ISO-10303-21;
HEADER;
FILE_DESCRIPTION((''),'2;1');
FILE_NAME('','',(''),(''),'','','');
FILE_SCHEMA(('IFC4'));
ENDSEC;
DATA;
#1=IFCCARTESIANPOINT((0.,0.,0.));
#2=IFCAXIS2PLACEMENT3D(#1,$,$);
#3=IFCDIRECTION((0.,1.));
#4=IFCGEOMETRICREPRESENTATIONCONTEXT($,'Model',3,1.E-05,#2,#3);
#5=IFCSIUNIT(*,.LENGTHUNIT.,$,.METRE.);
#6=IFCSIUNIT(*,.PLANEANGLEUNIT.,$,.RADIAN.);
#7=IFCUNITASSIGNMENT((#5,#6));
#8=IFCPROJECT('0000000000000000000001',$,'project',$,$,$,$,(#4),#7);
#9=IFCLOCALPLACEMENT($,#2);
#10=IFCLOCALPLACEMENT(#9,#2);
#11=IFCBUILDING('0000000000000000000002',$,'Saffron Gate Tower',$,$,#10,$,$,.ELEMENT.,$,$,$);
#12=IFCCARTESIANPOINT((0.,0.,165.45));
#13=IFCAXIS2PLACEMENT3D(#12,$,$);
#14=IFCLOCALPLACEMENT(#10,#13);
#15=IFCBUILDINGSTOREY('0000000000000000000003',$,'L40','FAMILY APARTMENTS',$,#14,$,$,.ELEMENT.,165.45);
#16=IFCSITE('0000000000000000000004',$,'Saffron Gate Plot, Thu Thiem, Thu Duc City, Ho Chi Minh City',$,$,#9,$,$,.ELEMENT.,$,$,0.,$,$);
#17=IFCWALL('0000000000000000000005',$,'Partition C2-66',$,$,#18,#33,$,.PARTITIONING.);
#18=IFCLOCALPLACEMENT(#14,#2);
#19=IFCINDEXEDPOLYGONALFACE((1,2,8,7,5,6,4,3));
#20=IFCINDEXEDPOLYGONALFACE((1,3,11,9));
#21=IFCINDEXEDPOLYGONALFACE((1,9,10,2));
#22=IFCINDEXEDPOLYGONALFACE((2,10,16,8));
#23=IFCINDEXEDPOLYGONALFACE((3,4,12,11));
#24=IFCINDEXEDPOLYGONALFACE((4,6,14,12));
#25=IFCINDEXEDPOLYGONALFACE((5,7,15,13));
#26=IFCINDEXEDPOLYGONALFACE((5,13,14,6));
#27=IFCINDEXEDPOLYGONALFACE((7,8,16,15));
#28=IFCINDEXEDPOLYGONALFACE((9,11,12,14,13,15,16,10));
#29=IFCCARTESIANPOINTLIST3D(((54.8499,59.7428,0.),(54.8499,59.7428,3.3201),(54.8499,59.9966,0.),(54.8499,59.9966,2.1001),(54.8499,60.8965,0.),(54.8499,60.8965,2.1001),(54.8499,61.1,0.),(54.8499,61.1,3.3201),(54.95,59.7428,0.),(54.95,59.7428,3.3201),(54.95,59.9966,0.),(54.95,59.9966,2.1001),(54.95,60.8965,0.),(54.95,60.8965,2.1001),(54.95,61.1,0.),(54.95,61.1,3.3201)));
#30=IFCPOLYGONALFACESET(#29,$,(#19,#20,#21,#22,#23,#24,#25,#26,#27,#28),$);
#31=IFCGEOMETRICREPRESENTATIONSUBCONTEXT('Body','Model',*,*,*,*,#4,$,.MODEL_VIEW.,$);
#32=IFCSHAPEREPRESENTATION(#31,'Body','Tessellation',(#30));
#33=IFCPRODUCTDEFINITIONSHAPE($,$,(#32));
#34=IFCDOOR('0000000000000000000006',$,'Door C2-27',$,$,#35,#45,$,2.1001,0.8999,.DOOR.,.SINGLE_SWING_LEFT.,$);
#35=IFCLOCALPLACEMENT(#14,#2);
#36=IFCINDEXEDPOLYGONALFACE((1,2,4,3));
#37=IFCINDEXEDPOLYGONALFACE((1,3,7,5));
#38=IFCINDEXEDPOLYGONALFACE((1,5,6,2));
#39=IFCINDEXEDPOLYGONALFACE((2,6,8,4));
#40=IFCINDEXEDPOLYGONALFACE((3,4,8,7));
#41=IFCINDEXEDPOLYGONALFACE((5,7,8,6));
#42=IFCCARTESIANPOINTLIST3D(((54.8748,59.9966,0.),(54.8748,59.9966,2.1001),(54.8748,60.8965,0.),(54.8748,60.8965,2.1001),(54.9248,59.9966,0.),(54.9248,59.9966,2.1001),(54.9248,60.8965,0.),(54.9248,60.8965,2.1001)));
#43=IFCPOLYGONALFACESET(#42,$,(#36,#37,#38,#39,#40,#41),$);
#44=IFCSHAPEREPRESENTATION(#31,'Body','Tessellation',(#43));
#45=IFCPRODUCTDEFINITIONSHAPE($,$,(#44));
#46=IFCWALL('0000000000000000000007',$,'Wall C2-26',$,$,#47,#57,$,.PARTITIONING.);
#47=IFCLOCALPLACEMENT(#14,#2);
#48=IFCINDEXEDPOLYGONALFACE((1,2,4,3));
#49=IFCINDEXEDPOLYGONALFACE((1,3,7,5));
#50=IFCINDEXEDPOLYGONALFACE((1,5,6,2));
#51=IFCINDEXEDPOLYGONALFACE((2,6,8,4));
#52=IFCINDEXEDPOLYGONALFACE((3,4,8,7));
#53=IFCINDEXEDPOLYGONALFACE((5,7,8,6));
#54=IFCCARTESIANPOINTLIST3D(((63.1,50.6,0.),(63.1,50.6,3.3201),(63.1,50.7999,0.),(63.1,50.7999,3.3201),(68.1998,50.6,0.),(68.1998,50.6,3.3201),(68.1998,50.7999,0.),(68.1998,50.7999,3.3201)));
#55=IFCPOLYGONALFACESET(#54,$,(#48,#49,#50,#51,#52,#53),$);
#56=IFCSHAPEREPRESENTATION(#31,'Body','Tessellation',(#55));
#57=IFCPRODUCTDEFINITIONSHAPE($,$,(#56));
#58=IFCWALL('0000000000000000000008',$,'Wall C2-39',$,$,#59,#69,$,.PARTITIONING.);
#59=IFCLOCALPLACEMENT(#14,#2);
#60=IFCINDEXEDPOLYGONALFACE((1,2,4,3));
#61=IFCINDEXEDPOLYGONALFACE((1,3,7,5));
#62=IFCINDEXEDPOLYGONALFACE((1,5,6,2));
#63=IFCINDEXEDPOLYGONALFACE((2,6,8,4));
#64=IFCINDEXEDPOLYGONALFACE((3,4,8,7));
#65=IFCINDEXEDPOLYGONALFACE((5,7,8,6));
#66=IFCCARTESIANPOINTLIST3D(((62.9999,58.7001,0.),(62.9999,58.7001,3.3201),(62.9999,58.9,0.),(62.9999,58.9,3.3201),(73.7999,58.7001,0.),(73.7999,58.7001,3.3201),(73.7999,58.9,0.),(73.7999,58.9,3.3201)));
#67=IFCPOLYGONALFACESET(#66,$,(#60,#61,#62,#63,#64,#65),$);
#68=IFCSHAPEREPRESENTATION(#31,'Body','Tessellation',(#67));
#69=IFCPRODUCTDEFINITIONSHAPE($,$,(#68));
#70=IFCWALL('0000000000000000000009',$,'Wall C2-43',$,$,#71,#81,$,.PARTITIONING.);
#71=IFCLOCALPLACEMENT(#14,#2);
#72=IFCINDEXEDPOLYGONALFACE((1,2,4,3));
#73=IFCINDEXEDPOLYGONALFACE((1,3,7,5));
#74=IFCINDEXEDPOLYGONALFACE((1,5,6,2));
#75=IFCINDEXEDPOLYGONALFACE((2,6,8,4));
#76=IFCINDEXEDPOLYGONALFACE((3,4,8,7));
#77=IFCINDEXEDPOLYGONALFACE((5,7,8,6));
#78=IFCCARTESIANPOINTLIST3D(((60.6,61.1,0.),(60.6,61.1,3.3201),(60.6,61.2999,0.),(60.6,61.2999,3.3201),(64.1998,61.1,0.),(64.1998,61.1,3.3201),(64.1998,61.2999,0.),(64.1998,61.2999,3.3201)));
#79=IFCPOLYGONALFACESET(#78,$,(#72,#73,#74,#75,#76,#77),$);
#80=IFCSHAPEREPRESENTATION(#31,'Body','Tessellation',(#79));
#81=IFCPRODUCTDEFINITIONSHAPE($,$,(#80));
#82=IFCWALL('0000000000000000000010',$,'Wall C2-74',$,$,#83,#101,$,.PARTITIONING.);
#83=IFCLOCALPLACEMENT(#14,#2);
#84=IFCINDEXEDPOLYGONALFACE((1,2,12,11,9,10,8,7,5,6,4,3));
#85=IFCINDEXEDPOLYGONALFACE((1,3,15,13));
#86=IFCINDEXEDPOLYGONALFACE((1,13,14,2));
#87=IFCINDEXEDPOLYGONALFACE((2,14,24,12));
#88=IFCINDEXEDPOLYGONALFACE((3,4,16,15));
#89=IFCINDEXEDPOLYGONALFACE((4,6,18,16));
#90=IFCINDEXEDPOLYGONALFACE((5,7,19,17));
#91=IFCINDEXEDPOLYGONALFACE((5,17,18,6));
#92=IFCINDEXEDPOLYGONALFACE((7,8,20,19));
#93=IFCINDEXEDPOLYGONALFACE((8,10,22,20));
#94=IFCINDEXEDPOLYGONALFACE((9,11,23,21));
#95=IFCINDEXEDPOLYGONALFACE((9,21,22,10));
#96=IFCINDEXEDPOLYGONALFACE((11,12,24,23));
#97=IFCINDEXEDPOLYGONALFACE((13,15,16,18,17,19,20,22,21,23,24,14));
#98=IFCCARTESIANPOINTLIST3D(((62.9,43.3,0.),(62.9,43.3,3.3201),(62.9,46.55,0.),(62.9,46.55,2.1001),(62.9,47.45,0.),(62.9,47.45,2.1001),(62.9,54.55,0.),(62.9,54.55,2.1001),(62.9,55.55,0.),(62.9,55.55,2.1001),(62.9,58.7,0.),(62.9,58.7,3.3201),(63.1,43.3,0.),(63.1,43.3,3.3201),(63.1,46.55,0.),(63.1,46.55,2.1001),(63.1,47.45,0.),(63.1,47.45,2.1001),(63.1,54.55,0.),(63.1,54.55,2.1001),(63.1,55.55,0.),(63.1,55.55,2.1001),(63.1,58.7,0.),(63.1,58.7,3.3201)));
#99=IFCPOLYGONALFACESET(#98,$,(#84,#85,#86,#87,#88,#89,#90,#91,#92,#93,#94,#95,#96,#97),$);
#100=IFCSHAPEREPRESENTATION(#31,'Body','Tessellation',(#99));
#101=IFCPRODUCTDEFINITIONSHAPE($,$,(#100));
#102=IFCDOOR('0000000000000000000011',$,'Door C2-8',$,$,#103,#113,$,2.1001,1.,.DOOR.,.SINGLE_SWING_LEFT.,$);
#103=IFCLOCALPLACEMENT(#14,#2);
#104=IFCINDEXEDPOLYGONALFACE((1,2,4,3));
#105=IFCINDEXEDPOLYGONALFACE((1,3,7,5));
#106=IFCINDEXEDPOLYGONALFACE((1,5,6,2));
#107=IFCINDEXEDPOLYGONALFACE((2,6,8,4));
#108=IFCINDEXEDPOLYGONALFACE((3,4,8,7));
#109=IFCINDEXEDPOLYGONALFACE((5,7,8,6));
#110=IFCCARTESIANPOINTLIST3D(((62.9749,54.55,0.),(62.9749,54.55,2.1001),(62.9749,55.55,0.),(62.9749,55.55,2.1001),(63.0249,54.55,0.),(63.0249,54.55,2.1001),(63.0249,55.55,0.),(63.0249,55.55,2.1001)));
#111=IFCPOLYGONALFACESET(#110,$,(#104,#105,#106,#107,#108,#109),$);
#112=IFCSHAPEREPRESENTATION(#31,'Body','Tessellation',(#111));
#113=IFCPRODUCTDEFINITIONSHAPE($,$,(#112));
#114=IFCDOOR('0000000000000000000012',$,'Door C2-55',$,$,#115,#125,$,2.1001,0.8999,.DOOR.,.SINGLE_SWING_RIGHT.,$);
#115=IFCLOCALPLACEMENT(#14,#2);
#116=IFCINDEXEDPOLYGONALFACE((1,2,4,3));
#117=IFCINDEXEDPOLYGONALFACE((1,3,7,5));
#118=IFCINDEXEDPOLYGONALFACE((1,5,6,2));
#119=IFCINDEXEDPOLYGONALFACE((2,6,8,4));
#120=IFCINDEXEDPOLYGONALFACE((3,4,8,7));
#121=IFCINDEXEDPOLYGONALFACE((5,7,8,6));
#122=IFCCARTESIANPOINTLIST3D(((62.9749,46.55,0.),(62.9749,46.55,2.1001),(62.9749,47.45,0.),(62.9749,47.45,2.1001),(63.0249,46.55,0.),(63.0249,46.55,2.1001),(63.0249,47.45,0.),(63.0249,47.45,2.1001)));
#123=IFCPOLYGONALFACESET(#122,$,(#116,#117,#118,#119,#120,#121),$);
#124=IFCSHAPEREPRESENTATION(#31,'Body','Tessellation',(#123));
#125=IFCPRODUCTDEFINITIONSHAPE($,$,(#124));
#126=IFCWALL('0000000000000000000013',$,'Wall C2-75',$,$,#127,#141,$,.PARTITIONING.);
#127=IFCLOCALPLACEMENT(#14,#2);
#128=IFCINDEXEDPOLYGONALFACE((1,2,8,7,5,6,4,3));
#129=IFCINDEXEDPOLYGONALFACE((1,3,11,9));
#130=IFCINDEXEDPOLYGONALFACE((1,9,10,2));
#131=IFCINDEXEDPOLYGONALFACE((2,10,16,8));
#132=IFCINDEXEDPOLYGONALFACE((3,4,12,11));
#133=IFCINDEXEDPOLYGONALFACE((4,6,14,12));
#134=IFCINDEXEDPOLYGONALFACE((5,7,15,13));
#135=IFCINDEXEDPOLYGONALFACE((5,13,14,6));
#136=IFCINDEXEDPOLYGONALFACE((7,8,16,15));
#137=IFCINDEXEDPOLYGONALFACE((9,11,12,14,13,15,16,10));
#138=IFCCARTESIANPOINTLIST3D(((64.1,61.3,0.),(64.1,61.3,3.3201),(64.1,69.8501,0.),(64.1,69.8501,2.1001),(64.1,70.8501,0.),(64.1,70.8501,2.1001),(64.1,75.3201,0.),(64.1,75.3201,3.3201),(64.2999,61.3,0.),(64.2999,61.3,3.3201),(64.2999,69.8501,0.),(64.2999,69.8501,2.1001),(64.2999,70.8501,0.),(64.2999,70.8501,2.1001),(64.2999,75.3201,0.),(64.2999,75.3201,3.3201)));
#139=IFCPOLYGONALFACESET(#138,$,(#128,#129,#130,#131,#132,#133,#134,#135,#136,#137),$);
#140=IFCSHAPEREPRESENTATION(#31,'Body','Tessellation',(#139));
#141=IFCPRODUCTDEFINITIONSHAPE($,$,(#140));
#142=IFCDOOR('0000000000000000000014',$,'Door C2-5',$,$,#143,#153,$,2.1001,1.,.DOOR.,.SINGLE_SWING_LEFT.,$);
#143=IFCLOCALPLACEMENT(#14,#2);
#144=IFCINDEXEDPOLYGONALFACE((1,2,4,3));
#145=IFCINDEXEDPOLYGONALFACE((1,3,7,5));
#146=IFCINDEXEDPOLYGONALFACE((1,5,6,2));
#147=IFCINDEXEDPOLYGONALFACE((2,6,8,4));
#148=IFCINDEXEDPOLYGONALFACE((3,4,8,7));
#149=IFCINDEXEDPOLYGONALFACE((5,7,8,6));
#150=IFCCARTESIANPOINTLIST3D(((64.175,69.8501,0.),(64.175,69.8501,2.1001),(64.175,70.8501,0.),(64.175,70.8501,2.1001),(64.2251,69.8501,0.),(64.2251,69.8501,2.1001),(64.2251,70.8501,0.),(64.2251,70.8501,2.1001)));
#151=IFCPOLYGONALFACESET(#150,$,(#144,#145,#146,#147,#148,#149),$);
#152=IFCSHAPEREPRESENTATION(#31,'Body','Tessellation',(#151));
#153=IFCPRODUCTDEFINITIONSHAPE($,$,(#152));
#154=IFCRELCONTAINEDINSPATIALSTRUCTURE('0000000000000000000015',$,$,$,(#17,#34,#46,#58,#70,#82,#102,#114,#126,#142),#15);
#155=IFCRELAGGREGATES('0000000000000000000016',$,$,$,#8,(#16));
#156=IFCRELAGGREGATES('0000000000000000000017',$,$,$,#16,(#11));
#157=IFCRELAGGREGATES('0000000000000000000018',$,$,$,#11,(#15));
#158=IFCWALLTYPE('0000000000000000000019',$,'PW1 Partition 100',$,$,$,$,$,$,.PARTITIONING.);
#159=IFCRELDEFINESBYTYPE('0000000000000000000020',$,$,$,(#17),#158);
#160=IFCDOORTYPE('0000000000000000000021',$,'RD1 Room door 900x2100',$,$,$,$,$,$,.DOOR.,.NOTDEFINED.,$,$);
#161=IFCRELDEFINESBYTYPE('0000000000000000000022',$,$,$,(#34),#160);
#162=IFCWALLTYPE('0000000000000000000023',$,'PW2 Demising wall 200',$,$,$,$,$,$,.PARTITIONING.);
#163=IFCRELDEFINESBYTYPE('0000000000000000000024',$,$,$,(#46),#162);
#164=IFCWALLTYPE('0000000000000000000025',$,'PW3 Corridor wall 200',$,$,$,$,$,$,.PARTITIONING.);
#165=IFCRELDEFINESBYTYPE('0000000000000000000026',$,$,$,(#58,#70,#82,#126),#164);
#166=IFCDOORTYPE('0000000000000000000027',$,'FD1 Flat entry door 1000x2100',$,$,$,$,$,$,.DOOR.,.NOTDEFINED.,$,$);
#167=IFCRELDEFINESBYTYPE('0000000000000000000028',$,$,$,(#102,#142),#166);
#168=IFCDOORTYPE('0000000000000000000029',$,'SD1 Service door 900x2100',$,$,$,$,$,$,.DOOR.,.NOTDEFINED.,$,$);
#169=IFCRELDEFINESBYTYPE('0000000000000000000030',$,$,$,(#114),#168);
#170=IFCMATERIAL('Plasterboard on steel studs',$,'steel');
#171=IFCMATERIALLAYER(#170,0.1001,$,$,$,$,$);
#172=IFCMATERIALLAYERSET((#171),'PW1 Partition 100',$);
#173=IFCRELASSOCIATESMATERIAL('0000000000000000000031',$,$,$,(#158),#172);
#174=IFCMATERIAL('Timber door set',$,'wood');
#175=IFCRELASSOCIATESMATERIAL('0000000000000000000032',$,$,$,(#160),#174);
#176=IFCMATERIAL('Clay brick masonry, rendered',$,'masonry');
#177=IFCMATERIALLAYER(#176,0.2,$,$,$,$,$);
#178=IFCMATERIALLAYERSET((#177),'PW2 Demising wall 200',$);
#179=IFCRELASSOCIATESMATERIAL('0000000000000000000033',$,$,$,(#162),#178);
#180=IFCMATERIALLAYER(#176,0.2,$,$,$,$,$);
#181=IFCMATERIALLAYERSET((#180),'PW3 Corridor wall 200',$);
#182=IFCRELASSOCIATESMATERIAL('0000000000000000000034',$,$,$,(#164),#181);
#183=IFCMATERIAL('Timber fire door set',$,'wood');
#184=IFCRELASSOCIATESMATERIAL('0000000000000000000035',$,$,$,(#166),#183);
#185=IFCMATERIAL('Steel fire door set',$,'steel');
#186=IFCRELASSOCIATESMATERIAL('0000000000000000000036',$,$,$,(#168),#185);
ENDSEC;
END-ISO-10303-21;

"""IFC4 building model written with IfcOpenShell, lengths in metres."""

from ifc_helpers import new_model, si_unit, direction, frame, frame_2d, origin, place, context, subcontext, project, spatial, rectangle, extrude, material, layer, layer_set, type_object, element, fill, save


model = new_model("IFC4")

# Units and contexts
model_context = context("Model", 3, precision=1e-05, world=origin(), true_north=direction((0.0, 1.0)))
body_context = subcontext(model_context, "Body", "Model", "MODEL_VIEW")
ifc_project = project(units=[si_unit("LENGTHUNIT", "METRE"), si_unit("PLANEANGLEUNIT", "RADIAN")], contexts=[model_context])

# Site, building, storey
site_placement = place(None, origin())
site = spatial("IfcSite", under=ifc_project, at=site_placement, Name="Saffron Gate Plot, Thu Thiem, Thu Duc City, Ho Chi Minh City", CompositionType="ELEMENT", RefElevation=0.0)
building_placement = place(site_placement, origin())
building = spatial("IfcBuilding", under=site, at=building_placement, Name="Saffron Gate Tower", CompositionType="ELEMENT")
storey_placement = place(building_placement, frame((0.0, 0.0, 165.45)))
storey = spatial("IfcBuildingStorey", under=building, at=storey_placement, Name="L40", Description="FAMILY APARTMENTS", CompositionType="ELEMENT", Elevation=165.45)

# Shared definitions
ifc_material_1 = material(Name="Plasterboard on steel studs", Category="steel")
ifc_layer_1 = layer(ifc_material_1, 0.1001)
ifc_layer_set_1 = layer_set([ifc_layer_1], Name="PW1 Partition 100")
wall_type_1 = type_object("IfcWallType", Name="PW1 Partition 100", PredefinedType="PARTITIONING", material=ifc_layer_set_1)
ifc_material_2 = material(Name="Timber door set", Category="wood")

# Wall, opening, door
wall_1_placement = place(storey_placement, frame((54.8999, 61.1001, 0.0), z_axis=(0.0, 0.0, 1.0), x_axis=(0.0, -1.0, 0.0)))
wall_1 = element("IfcWall", 1, at=wall_1_placement, inside=storey, type_object=wall_type_1, Name="Partition C2-66", PredefinedType="PARTITIONING", context=body_context, shape_type="SweptSolid", body=[
    extrude(rectangle(XDim=1.3572, YDim=0.1001, at=frame_2d((0.6787, 0.0))), origin(), (0.0, 0.0, 1.0), 3.3201),
])
opening_1_placement = place(wall_1_placement, frame((0.2036, 0.0, 0.0)))
opening_1 = element("IfcOpeningElement", 2, at=opening_1_placement, cuts=wall_1, PredefinedType="OPENING", context=body_context, shape_type="SweptSolid", body=[
    extrude(rectangle(XDim=0.8999, YDim=2.1001, at=frame_2d((0.45, 1.05))), frame((0.0, 0.0601, 0.0), z_axis=(0.0, -1.0, 0.0), x_axis=(1.0, 0.0, 0.0)), (0.0, 0.0, 1.0), 0.1201),
])
door_type_1 = type_object("IfcDoorType", Name="RD1 Room door 900x2100", OperationType="NOTDEFINED", PredefinedType="DOOR", material=ifc_material_2)
door_1_placement = place(opening_1_placement, origin())
door_1 = element("IfcDoor", 3, at=door_1_placement, inside=storey, type_object=door_type_1, Name="Door C2-27", OperationType="SINGLE_SWING_LEFT", OverallHeight=2.1001, OverallWidth=0.8999, PredefinedType="DOOR", context=body_context, shape_type="SweptSolid", body=[
    extrude(rectangle(XDim=0.8999, YDim=2.1001, at=frame_2d((0.45, 1.05))), frame((0.0, 0.0249, 0.0), z_axis=(0.0, -1.0, 0.0), x_axis=(1.0, 0.0, 0.0)), (0.0, 0.0, 1.0), 0.05),
])
fill(opening_1, door_1)

# Walls
ifc_material_3 = material(Name="Clay brick masonry, rendered", Category="masonry")
ifc_layer_2 = layer(ifc_material_3, 0.2)
ifc_layer_set_2 = layer_set([ifc_layer_2], Name="PW2 Demising wall 200")
wall_type_2 = type_object("IfcWallType", Name="PW2 Demising wall 200", PredefinedType="PARTITIONING", material=ifc_layer_set_2)
wall_2_placement = place(storey_placement, frame((63.1001, 50.7, 0.0), z_axis=(0.0, 0.0, 1.0), x_axis=(1.0, 0.0, 0.0)))
element("IfcWall", 4, at=wall_2_placement, inside=storey, type_object=wall_type_2, Name="Wall C2-26", PredefinedType="PARTITIONING", context=body_context, shape_type="SweptSolid", body=[
    extrude(rectangle(XDim=5.0999, YDim=0.2, at=frame_2d((2.5498, 0.0))), origin(), (0.0, 0.0, 1.0), 3.3201),
])
ifc_layer_3 = layer(ifc_material_3, 0.2)
ifc_layer_set_3 = layer_set([ifc_layer_3], Name="PW3 Corridor wall 200")
wall_type_3 = type_object("IfcWallType", Name="PW3 Corridor wall 200", PredefinedType="PARTITIONING", material=ifc_layer_set_3)
wall_3_placement = place(storey_placement, frame((63.0, 58.8, 0.0), z_axis=(0.0, 0.0, 1.0), x_axis=(1.0, 0.0, 0.0)))
element("IfcWall", 5, at=wall_3_placement, inside=storey, type_object=wall_type_3, Name="Wall C2-39", PredefinedType="PARTITIONING", context=body_context, shape_type="SweptSolid", body=[
    extrude(rectangle(XDim=10.8, YDim=0.2, at=frame_2d((5.3999, 0.0))), origin(), (0.0, 0.0, 1.0), 3.3201),
])
wall_4_placement = place(storey_placement, frame((60.6001, 61.2, 0.0), z_axis=(0.0, 0.0, 1.0), x_axis=(1.0, 0.0, 0.0)))
element("IfcWall", 6, at=wall_4_placement, inside=storey, type_object=wall_type_3, Name="Wall C2-43", PredefinedType="PARTITIONING", context=body_context, shape_type="SweptSolid", body=[
    extrude(rectangle(XDim=3.5999, YDim=0.2, at=frame_2d((1.7998, 0.0))), origin(), (0.0, 0.0, 1.0), 3.3201),
])

# Wall, openings, doors
wall_5_placement = place(storey_placement, frame((63.0, 58.7, 0.0), z_axis=(0.0, 0.0, 1.0), x_axis=(0.0, -1.0, 0.0)))
wall_5 = element("IfcWall", 7, at=wall_5_placement, inside=storey, type_object=wall_type_3, Name="Wall C2-74", PredefinedType="PARTITIONING", context=body_context, shape_type="SweptSolid", body=[
    extrude(rectangle(XDim=15.3999, YDim=0.2, at=frame_2d((7.7, 0.0))), origin(), (0.0, 0.0, 1.0), 3.3201),
])
opening_2_placement = place(wall_5_placement, frame((3.1499, 0.0, 0.0)))
opening_2 = element("IfcOpeningElement", 8, at=opening_2_placement, cuts=wall_5, PredefinedType="OPENING", context=body_context, shape_type="SweptSolid", body=[
    extrude(rectangle(XDim=1.0, YDim=2.1001, at=frame_2d((0.5, 1.05))), frame((0.0, 0.1099, 0.0), z_axis=(0.0, -1.0, 0.0), x_axis=(1.0, 0.0, 0.0)), (0.0, 0.0, 1.0), 0.22),
])
opening_3_placement = place(wall_5_placement, frame((11.25, 0.0, 0.0)))
opening_3 = element("IfcOpeningElement", 9, at=opening_3_placement, cuts=wall_5, PredefinedType="OPENING", context=body_context, shape_type="SweptSolid", body=[
    extrude(rectangle(XDim=0.8999, YDim=2.1001, at=frame_2d((0.45, 1.05))), frame((0.0, 0.1099, 0.0), z_axis=(0.0, -1.0, 0.0), x_axis=(1.0, 0.0, 0.0)), (0.0, 0.0, 1.0), 0.22),
])
ifc_material_4 = material(Name="Timber fire door set", Category="wood")
door_type_2 = type_object("IfcDoorType", Name="FD1 Flat entry door 1000x2100", OperationType="NOTDEFINED", PredefinedType="DOOR", material=ifc_material_4)
door_2_placement = place(opening_2_placement, origin())
door_2 = element("IfcDoor", 10, at=door_2_placement, inside=storey, type_object=door_type_2, Name="Door C2-8", OperationType="SINGLE_SWING_LEFT", OverallHeight=2.1001, OverallWidth=1.0, PredefinedType="DOOR", context=body_context, shape_type="SweptSolid", body=[
    extrude(rectangle(XDim=1.0, YDim=2.1001, at=frame_2d((0.5, 1.05))), frame((0.0, 0.0249, 0.0), z_axis=(0.0, -1.0, 0.0), x_axis=(1.0, 0.0, 0.0)), (0.0, 0.0, 1.0), 0.05),
])
fill(opening_2, door_2)
ifc_material_5 = material(Name="Steel fire door set", Category="steel")
door_type_3 = type_object("IfcDoorType", Name="SD1 Service door 900x2100", OperationType="NOTDEFINED", PredefinedType="DOOR", material=ifc_material_5)
door_3_placement = place(opening_3_placement, origin())
door_3 = element("IfcDoor", 11, at=door_3_placement, inside=storey, type_object=door_type_3, Name="Door C2-55", OperationType="SINGLE_SWING_RIGHT", OverallHeight=2.1001, OverallWidth=0.8999, PredefinedType="DOOR", context=body_context, shape_type="SweptSolid", body=[
    extrude(rectangle(XDim=0.8999, YDim=2.1001, at=frame_2d((0.45, 1.05))), frame((0.0, 0.0249, 0.0), z_axis=(0.0, -1.0, 0.0), x_axis=(1.0, 0.0, 0.0)), (0.0, 0.0, 1.0), 0.05),
])
fill(opening_3, door_3)

# Wall, opening, door
wall_6_placement = place(storey_placement, frame((64.2, 61.3, 0.0), z_axis=(0.0, 0.0, 1.0), x_axis=(0.0, 1.0, 0.0)))
wall_6 = element("IfcWall", 12, at=wall_6_placement, inside=storey, type_object=wall_type_3, Name="Wall C2-75", PredefinedType="PARTITIONING", context=body_context, shape_type="SweptSolid", body=[
    extrude(rectangle(XDim=14.02, YDim=0.2, at=frame_2d((7.01, 0.0))), origin(), (0.0, 0.0, 1.0), 3.3201),
])
opening_4_placement = place(wall_6_placement, frame((8.55, 0.0, 0.0)))
opening_4 = element("IfcOpeningElement", 13, at=opening_4_placement, cuts=wall_6, PredefinedType="OPENING", context=body_context, shape_type="SweptSolid", body=[
    extrude(rectangle(XDim=1.0, YDim=2.1001, at=frame_2d((0.5, 1.05))), frame((0.0, 0.1099, 0.0), z_axis=(0.0, -1.0, 0.0), x_axis=(1.0, 0.0, 0.0)), (0.0, 0.0, 1.0), 0.22),
])
door_4_placement = place(opening_4_placement, origin())
door_4 = element("IfcDoor", 14, at=door_4_placement, inside=storey, type_object=door_type_2, Name="Door C2-5", OperationType="SINGLE_SWING_LEFT", OverallHeight=2.1001, OverallWidth=1.0, PredefinedType="DOOR", context=body_context, shape_type="SweptSolid", body=[
    extrude(rectangle(XDim=1.0, YDim=2.1001, at=frame_2d((0.5, 1.05))), frame((0.0, 0.0249, 0.0), z_axis=(0.0, -1.0, 0.0), x_axis=(1.0, 0.0, 0.0)), (0.0, 0.0, 1.0), 0.05),
])
fill(opening_4, door_4)

save(model, "model.ifc")
